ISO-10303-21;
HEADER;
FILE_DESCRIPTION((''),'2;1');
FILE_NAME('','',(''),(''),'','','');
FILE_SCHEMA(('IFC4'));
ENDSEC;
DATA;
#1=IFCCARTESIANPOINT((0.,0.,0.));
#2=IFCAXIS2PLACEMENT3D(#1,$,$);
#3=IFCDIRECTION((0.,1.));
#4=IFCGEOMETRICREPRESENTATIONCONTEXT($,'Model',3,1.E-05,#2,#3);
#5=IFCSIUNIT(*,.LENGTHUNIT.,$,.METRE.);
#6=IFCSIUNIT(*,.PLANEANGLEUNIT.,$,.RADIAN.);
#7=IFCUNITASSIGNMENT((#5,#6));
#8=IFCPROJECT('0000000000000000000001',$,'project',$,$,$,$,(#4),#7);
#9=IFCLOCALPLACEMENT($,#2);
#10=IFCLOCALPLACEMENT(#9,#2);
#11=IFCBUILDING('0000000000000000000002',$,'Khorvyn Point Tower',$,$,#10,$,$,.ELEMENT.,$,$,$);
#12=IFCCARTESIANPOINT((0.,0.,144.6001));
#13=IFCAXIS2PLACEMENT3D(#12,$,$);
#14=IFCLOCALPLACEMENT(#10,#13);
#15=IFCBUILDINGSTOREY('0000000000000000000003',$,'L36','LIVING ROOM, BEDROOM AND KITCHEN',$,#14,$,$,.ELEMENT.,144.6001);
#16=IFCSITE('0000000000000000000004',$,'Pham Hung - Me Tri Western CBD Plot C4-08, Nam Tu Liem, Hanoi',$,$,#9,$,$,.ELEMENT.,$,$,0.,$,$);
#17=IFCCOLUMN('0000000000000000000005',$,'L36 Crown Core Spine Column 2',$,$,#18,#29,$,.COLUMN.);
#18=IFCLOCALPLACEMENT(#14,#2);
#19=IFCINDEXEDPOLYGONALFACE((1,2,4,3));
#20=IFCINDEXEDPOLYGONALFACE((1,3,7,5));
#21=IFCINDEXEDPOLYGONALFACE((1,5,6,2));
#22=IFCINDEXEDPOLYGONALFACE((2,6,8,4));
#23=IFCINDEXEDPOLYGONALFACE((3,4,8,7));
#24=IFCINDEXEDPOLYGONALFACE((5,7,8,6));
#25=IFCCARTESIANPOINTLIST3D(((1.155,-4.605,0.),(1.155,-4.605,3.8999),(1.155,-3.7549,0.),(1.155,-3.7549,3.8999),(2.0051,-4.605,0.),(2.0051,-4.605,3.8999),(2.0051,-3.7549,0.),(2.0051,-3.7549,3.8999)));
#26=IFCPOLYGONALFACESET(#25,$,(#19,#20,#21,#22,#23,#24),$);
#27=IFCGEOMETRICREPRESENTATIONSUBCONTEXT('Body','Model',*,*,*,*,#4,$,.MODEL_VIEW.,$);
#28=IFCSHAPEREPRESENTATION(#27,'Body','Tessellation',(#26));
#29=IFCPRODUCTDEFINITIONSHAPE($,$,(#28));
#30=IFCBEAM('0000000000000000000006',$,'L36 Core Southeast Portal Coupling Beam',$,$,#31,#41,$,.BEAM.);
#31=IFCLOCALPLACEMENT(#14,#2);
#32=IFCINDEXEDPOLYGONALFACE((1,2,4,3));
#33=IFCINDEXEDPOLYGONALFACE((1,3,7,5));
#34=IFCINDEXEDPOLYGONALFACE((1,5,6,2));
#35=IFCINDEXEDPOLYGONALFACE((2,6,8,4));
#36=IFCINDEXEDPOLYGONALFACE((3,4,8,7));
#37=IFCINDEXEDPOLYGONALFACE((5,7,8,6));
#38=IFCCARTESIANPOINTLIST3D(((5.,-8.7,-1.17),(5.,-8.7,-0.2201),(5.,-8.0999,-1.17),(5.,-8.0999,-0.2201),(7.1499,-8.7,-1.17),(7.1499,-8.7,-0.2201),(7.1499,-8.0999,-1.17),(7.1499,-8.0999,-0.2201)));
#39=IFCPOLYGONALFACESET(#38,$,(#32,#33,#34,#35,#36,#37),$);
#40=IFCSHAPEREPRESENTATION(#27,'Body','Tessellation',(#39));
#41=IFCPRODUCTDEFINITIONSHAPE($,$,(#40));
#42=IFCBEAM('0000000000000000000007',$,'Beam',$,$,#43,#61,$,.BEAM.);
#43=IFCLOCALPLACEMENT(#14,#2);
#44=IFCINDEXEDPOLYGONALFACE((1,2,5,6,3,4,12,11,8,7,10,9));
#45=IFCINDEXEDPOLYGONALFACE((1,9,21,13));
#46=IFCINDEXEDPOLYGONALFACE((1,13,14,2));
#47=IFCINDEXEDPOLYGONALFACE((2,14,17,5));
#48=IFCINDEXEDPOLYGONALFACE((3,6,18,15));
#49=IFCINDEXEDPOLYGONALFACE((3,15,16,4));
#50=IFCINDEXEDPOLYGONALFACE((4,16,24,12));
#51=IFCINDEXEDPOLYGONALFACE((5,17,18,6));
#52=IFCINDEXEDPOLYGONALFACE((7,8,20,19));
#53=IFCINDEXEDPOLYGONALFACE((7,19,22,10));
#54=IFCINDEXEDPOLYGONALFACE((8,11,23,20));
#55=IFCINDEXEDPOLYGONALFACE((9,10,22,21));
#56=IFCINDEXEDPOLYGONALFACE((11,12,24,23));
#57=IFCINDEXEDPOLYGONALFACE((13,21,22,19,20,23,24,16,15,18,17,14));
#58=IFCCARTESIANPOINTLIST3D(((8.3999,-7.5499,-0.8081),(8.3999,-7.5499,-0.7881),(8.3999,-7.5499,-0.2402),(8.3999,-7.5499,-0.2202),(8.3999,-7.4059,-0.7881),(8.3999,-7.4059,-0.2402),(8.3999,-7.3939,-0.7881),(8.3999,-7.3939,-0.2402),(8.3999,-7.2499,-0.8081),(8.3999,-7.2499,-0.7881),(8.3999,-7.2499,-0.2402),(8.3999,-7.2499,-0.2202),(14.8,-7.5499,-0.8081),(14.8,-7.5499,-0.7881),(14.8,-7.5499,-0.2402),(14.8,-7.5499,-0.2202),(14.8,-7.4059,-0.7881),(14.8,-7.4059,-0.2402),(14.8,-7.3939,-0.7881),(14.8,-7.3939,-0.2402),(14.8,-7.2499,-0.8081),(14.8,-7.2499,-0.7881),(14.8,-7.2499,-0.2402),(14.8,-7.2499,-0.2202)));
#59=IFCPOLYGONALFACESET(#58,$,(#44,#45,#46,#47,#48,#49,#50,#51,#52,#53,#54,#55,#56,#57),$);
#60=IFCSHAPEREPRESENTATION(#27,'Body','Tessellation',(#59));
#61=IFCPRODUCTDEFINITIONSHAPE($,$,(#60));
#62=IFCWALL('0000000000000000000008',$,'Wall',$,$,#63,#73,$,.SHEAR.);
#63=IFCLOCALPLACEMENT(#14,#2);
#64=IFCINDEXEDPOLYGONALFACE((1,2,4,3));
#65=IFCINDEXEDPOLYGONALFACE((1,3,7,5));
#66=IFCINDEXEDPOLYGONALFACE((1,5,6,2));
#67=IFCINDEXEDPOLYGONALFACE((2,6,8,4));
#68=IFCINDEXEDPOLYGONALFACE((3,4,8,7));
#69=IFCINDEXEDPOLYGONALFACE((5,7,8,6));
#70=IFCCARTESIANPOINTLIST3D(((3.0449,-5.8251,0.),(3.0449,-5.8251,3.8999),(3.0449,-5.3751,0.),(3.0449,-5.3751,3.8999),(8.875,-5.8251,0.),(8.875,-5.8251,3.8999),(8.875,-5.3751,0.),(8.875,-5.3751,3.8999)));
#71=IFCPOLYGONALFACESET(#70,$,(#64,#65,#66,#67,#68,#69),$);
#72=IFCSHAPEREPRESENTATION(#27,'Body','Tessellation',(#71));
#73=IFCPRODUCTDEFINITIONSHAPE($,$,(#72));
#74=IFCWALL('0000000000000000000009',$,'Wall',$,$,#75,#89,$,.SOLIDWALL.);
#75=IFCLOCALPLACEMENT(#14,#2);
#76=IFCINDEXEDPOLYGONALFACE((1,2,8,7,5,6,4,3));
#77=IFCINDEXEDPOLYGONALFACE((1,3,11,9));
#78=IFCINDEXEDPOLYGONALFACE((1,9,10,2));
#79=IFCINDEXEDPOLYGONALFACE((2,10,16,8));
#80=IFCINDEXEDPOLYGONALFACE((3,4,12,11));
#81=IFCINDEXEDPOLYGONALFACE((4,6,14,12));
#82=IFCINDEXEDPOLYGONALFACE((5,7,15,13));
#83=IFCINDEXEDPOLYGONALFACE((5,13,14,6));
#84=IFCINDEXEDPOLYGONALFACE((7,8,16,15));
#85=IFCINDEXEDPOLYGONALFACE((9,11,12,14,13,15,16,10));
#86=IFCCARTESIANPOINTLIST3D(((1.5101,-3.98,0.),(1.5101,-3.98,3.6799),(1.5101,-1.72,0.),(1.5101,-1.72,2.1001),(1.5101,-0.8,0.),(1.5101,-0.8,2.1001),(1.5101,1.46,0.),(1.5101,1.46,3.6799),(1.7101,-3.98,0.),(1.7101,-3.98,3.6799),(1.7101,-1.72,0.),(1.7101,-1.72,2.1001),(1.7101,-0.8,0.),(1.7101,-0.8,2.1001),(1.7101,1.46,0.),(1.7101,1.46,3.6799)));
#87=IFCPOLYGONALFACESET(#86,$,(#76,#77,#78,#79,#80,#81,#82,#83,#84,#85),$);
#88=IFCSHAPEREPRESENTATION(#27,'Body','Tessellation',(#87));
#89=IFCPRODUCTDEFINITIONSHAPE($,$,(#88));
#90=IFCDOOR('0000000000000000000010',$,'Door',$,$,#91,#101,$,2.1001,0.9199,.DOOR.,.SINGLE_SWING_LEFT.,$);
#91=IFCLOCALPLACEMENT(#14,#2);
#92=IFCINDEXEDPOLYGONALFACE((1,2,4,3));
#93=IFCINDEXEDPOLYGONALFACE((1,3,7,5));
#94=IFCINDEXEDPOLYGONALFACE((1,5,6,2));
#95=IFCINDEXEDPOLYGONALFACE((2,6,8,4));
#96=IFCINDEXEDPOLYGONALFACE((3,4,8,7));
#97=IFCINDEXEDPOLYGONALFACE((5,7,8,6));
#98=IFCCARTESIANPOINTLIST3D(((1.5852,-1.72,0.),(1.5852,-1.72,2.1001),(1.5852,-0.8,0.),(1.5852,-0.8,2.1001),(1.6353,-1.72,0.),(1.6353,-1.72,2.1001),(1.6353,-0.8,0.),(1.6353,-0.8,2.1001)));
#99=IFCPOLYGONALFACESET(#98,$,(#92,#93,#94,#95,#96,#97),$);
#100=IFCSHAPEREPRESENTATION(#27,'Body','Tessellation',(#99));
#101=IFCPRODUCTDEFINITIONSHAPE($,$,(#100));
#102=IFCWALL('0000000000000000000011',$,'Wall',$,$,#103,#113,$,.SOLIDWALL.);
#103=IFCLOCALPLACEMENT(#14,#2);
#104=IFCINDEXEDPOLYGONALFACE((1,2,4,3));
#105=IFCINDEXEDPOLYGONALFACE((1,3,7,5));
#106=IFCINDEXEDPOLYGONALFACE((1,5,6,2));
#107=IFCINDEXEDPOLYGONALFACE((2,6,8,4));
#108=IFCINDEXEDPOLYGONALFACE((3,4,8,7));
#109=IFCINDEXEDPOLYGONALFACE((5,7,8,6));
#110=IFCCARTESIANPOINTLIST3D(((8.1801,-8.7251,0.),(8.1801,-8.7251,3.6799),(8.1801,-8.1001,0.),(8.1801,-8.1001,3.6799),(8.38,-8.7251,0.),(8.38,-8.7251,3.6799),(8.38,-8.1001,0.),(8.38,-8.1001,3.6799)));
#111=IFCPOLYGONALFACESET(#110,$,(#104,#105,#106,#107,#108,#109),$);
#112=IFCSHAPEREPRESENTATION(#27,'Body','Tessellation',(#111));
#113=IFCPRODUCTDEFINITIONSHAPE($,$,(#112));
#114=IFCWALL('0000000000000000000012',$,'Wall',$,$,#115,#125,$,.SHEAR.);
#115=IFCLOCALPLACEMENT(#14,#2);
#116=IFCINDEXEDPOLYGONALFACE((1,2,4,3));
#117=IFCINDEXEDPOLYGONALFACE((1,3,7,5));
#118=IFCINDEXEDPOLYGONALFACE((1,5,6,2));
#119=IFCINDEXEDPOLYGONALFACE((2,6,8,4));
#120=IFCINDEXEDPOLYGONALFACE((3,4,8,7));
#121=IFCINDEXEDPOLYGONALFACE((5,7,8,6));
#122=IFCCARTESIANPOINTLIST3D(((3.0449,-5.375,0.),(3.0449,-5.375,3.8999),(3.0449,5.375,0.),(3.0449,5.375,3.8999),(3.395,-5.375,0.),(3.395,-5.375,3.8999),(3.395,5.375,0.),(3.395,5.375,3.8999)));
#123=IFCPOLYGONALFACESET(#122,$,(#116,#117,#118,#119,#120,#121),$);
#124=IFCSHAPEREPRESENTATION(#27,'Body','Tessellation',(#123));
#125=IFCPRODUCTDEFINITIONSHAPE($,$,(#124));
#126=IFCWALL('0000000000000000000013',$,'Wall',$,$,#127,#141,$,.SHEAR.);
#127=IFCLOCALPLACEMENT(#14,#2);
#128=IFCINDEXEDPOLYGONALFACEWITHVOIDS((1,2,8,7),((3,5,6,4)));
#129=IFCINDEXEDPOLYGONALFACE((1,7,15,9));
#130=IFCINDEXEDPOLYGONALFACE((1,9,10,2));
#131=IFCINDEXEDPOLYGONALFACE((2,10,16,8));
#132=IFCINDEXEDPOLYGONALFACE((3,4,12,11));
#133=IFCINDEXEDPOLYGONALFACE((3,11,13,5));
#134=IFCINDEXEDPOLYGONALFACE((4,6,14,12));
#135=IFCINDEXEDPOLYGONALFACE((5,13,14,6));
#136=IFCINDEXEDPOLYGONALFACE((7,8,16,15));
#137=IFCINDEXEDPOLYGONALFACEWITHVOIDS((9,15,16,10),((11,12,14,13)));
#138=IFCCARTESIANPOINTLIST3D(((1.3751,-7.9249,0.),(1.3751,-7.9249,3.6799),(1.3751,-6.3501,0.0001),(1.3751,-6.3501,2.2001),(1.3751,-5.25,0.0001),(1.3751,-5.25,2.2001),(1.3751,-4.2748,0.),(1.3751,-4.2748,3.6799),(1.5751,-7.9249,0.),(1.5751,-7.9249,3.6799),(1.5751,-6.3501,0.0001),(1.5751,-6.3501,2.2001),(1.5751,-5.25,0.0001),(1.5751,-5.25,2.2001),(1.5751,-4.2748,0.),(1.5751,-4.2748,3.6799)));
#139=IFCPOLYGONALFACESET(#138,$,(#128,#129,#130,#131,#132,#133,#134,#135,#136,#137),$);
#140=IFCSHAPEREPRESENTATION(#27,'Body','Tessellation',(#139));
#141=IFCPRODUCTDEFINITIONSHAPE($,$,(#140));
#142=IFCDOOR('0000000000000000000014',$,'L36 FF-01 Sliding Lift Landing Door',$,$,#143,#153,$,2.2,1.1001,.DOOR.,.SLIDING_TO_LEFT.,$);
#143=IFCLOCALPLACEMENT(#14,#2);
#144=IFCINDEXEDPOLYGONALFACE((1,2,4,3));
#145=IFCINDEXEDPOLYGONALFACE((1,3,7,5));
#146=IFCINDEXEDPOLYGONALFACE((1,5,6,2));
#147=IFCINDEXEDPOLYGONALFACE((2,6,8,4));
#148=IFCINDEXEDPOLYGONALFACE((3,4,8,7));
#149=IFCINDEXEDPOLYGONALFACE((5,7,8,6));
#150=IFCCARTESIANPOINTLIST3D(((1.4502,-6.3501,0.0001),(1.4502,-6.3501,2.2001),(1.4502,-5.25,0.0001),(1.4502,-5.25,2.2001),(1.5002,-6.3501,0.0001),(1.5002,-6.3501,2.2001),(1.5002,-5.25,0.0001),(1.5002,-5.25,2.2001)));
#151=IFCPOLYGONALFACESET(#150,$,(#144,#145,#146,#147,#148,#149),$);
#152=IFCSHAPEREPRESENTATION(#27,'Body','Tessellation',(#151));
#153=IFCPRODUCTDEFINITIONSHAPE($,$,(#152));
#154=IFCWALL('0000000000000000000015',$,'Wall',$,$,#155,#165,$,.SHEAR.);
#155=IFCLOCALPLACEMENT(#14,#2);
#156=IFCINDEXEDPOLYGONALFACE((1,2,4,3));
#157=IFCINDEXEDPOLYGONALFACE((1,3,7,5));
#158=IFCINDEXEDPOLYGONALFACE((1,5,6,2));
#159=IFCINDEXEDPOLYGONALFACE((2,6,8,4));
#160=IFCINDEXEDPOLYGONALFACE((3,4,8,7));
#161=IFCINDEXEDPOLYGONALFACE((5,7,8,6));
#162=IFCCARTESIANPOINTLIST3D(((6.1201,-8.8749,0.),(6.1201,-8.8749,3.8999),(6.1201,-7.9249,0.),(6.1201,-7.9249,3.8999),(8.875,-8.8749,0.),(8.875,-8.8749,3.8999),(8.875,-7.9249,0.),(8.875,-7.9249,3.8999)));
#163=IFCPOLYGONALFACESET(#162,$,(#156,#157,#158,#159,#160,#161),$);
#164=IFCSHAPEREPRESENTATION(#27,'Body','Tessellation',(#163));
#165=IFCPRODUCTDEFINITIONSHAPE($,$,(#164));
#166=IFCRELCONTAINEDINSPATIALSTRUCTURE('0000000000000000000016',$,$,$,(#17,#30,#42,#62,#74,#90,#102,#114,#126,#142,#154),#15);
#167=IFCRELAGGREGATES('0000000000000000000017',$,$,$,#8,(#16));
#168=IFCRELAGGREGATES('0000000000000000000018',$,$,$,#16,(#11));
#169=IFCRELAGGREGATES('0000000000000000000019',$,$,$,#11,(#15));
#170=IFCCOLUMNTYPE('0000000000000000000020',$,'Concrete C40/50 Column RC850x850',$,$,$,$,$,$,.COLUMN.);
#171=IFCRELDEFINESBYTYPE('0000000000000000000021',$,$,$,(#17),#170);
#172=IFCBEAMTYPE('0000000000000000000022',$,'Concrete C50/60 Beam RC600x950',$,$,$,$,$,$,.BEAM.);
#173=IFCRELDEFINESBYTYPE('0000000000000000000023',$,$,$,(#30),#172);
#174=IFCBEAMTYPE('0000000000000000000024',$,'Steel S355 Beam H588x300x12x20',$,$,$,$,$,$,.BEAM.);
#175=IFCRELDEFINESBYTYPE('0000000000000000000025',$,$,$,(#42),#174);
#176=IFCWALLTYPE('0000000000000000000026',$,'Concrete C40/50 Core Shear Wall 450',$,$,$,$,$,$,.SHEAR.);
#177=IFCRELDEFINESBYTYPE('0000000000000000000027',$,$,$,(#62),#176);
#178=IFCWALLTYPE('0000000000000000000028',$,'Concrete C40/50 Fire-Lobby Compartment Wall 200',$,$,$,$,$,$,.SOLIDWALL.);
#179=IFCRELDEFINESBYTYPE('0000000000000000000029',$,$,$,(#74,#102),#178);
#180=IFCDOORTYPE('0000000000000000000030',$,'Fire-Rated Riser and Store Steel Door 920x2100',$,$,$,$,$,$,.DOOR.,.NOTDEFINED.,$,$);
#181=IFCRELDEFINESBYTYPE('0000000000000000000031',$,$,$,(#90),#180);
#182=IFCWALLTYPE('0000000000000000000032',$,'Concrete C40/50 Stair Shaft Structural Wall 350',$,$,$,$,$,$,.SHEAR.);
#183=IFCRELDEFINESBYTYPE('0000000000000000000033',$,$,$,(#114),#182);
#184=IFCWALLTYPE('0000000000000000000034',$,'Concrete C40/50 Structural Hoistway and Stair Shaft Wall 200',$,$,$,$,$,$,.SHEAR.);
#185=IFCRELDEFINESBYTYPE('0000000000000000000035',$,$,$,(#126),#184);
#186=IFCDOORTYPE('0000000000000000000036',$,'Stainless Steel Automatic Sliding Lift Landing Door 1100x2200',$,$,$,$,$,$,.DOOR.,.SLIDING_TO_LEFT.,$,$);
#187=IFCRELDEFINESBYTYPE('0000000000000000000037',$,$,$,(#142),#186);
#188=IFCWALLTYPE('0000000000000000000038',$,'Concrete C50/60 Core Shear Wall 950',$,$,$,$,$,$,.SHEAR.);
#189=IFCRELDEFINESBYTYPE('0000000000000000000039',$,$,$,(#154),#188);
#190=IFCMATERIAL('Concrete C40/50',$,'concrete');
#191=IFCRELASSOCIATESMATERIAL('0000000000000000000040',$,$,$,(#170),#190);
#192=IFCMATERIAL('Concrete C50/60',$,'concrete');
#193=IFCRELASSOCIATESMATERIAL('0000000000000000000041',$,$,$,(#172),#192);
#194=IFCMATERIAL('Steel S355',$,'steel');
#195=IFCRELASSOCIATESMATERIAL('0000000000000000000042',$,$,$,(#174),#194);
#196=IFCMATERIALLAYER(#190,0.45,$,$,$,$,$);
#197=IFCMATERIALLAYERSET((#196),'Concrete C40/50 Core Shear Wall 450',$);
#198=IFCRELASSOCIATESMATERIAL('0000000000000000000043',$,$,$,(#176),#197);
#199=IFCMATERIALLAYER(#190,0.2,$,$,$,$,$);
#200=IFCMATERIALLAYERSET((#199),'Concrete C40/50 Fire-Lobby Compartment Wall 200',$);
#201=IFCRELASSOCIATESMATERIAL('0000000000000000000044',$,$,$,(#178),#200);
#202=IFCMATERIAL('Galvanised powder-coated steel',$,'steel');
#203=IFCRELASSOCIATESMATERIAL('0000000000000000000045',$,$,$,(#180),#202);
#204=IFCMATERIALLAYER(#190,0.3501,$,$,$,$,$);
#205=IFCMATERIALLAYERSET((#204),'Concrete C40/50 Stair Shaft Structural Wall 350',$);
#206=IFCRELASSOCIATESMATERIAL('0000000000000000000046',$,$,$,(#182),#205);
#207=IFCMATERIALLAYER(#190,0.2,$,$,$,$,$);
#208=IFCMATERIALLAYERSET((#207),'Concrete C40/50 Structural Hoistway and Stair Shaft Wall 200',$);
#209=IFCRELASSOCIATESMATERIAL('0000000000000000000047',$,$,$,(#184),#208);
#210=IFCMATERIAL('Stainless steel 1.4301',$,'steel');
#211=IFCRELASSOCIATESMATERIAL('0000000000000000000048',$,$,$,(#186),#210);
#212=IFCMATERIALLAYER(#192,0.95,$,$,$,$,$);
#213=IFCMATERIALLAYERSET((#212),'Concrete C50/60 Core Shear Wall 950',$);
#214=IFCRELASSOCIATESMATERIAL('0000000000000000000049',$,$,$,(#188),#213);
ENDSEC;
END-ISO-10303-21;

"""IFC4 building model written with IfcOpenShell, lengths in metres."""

from ifc_helpers import new_model, si_unit, direction, frame, frame_2d, origin, origin_2d, place, context, subcontext, project, spatial, rectangle, i_section, extrude, material, layer, layer_set, material_profile, profile_set, type_object, element, fill, save


model = new_model("IFC4")

# Units and contexts
model_context = context("Model", 3, precision=1e-05, world=origin(), true_north=direction((0.0, 1.0)))
body_context = subcontext(model_context, "Body", "Model", "MODEL_VIEW")
ifc_project = project(units=[si_unit("LENGTHUNIT", "METRE"), si_unit("PLANEANGLEUNIT", "RADIAN")], contexts=[model_context])

# Site, building, storey
site_placement = place(None, origin())
site = spatial("IfcSite", under=ifc_project, at=site_placement, Name="Pham Hung - Me Tri Western CBD Plot C4-08, Nam Tu Liem, Hanoi", CompositionType="ELEMENT", RefElevation=0.0)
building_placement = place(site_placement, origin())
building = spatial("IfcBuilding", under=site, at=building_placement, Name="Khorvyn Point Tower", CompositionType="ELEMENT")
storey_placement = place(building_placement, frame((0.0, 0.0, 144.6001)))
storey = spatial("IfcBuildingStorey", under=building, at=storey_placement, Name="L36", Description="LIVING ROOM, BEDROOM AND KITCHEN", CompositionType="ELEMENT", Elevation=144.6001)

# Column
ifc_material_1 = material(Name="Concrete C40/50", Category="concrete")
ifc_material_profile_1 = material_profile(ifc_material_1, rectangle(XDim=0.8501, YDim=0.8501, at=origin_2d()))
ifc_profile_set_1 = profile_set([ifc_material_profile_1], Name="Concrete C40/50 RC850x850")
column_type = type_object("IfcColumnType", Name="Concrete C40/50 Column RC850x850", PredefinedType="COLUMN", material=ifc_profile_set_1)
column_placement = place(storey_placement, frame((1.5801, -4.1799, 0.0), z_axis=(0.0, 0.0, 1.0), x_axis=(1.0, 0.0, 0.0)))
element("IfcColumn", 1, at=column_placement, inside=storey, type_object=column_type, Name="L36 Crown Core Spine Column 2", PredefinedType="COLUMN", context=body_context, shape_type="SweptSolid", body=[
    extrude(rectangle(XDim=0.8501, YDim=0.8501, at=origin_2d()), origin(), (0.0, 0.0, 1.0), 3.8999),
])

# Beams
ifc_material_2 = material(Name="Concrete C50/60", Category="concrete")
ifc_material_profile_2 = material_profile(ifc_material_2, rectangle(XDim=0.6001, YDim=0.95, at=origin_2d()))
ifc_profile_set_2 = profile_set([ifc_material_profile_2], Name="Concrete C50/60 RC600x950")
beam_type_1 = type_object("IfcBeamType", Name="Concrete C50/60 Beam RC600x950", PredefinedType="BEAM", material=ifc_profile_set_2)
beam_1_placement = place(storey_placement, frame((5.0, -8.3999, -0.6951), z_axis=(1.0, 0.0, 0.0), x_axis=(0.0, 1.0, 0.0)))
element("IfcBeam", 2, at=beam_1_placement, inside=storey, type_object=beam_type_1, Name="L36 Core Southeast Portal Coupling Beam", PredefinedType="BEAM", context=body_context, shape_type="SweptSolid", body=[
    extrude(rectangle(XDim=0.6001, YDim=0.95, at=origin_2d()), origin(), (0.0, 0.0, 1.0), 2.1499),
])
ifc_material_3 = material(Name="Steel S355", Category="steel")
ifc_material_profile_3 = material_profile(ifc_material_3, i_section(OverallWidth=0.3, OverallDepth=0.5879, WebThickness=0.012, FlangeThickness=0.02, at=origin_2d()))
ifc_profile_set_3 = profile_set([ifc_material_profile_3], Name="Steel S355 H588x300x12x20")
beam_type_2 = type_object("IfcBeamType", Name="Steel S355 Beam H588x300x12x20", PredefinedType="BEAM", material=ifc_profile_set_3)
beam_2_placement = place(storey_placement, frame((8.3999, -7.3999, -0.5142), z_axis=(1.0, 0.0, 0.0), x_axis=(0.0, 1.0, 0.0)))
element("IfcBeam", 3, at=beam_2_placement, inside=storey, type_object=beam_type_2, Name="Beam", PredefinedType="BEAM", context=body_context, shape_type="SweptSolid", body=[
    extrude(i_section(OverallWidth=0.3, OverallDepth=0.5879, WebThickness=0.012, FlangeThickness=0.02, at=origin_2d()), origin(), (0.0, 0.0, 1.0), 6.4001),
])

# Wall
ifc_layer_1 = layer(ifc_material_1, 0.45)
ifc_layer_set_1 = layer_set([ifc_layer_1], Name="Concrete C40/50 Core Shear Wall 450")
wall_type_1 = type_object("IfcWallType", Name="Concrete C40/50 Core Shear Wall 450", PredefinedType="SHEAR", material=ifc_layer_set_1)
wall_1_placement = place(storey_placement, frame((3.0449, -5.6001, 0.0), z_axis=(0.0, 0.0, 1.0), x_axis=(1.0, 0.0, 0.0)))
element("IfcWall", 4, at=wall_1_placement, inside=storey, type_object=wall_type_1, Name="Wall", PredefinedType="SHEAR", context=body_context, shape_type="SweptSolid", body=[
    extrude(rectangle(XDim=5.8301, YDim=0.45, at=frame_2d((2.915, 0.0))), origin(), (0.0, 0.0, 1.0), 3.8999),
])

# Wall, opening, door
ifc_layer_2 = layer(ifc_material_1, 0.2)
ifc_layer_set_2 = layer_set([ifc_layer_2], Name="Concrete C40/50 Fire-Lobby Compartment Wall 200")
wall_type_2 = type_object("IfcWallType", Name="Concrete C40/50 Fire-Lobby Compartment Wall 200", PredefinedType="SOLIDWALL", material=ifc_layer_set_2)
ifc_material_4 = material(Name="Galvanised powder-coated steel", Category="steel")
wall_2_placement = place(storey_placement, frame((1.6101, -3.98, 0.0), z_axis=(0.0, 0.0, 1.0), x_axis=(0.0, 1.0, 0.0)))
wall_2 = element("IfcWall", 5, at=wall_2_placement, inside=storey, type_object=wall_type_2, Name="Wall", PredefinedType="SOLIDWALL", context=body_context, shape_type="SweptSolid", body=[
    extrude(rectangle(XDim=5.4399, YDim=0.2, at=frame_2d((2.72, 0.0))), origin(), (0.0, 0.0, 1.0), 3.6799),
])
opening_1_placement = place(wall_2_placement, frame((2.26, 0.0, 0.0)))
opening_1 = element("IfcOpeningElement", 6, at=opening_1_placement, cuts=wall_2, PredefinedType="OPENING", context=body_context, shape_type="SweptSolid", body=[
    extrude(rectangle(XDim=0.9199, YDim=2.1001, at=frame_2d((0.46, 1.05))), frame((0.0, 0.1099, 0.0), z_axis=(0.0, -1.0, 0.0), x_axis=(1.0, 0.0, 0.0)), (0.0, 0.0, 1.0), 0.22),
])
door_type_1 = type_object("IfcDoorType", Name="Fire-Rated Riser and Store Steel Door 920x2100", OperationType="NOTDEFINED", PredefinedType="DOOR", material=ifc_material_4)
door_1_placement = place(opening_1_placement, origin())
door_1 = element("IfcDoor", 7, at=door_1_placement, inside=storey, type_object=door_type_1, Name="Door", OperationType="SINGLE_SWING_LEFT", OverallHeight=2.1001, OverallWidth=0.9199, PredefinedType="DOOR", context=body_context, shape_type="SweptSolid", body=[
    extrude(rectangle(XDim=0.9199, YDim=2.1001, at=frame_2d((0.46, 1.05))), frame((0.0, 0.0249, 0.0), z_axis=(0.0, -1.0, 0.0), x_axis=(1.0, 0.0, 0.0)), (0.0, 0.0, 1.0), 0.05),
])
fill(opening_1, door_1)

# Walls
wall_3_placement = place(storey_placement, frame((8.28, -8.7251, 0.0), z_axis=(0.0, 0.0, 1.0), x_axis=(0.0, 1.0, 0.0)))
element("IfcWall", 8, at=wall_3_placement, inside=storey, type_object=wall_type_2, Name="Wall", PredefinedType="SOLIDWALL", context=body_context, shape_type="SweptSolid", body=[
    extrude(rectangle(XDim=0.625, YDim=0.2, at=frame_2d((0.3125, 0.0))), origin(), (0.0, 0.0, 1.0), 3.6799),
])
ifc_layer_3 = layer(ifc_material_1, 0.3501)
ifc_layer_set_3 = layer_set([ifc_layer_3], Name="Concrete C40/50 Stair Shaft Structural Wall 350")
wall_type_3 = type_object("IfcWallType", Name="Concrete C40/50 Stair Shaft Structural Wall 350", PredefinedType="SHEAR", material=ifc_layer_set_3)
wall_4_placement = place(storey_placement, frame((3.22, -5.375, 0.0), z_axis=(0.0, 0.0, 1.0), x_axis=(0.0, 1.0, 0.0)))
element("IfcWall", 9, at=wall_4_placement, inside=storey, type_object=wall_type_3, Name="Wall", PredefinedType="SHEAR", context=body_context, shape_type="SweptSolid", body=[
    extrude(rectangle(XDim=10.75, YDim=0.3501, at=frame_2d((5.375, 0.0))), origin(), (0.0, 0.0, 1.0), 3.8999),
])

# Wall, opening, door
ifc_layer_4 = layer(ifc_material_1, 0.2)
ifc_layer_set_4 = layer_set([ifc_layer_4], Name="Concrete C40/50 Structural Hoistway and Stair Shaft Wall 200")
wall_type_4 = type_object("IfcWallType", Name="Concrete C40/50 Structural Hoistway and Stair Shaft Wall 200", PredefinedType="SHEAR", material=ifc_layer_set_4)
wall_5_placement = place(storey_placement, frame((1.4751, -7.925, 0.0), z_axis=(0.0, 0.0, 1.0), x_axis=(0.0, 1.0, 0.0)))
wall_5 = element("IfcWall", 10, at=wall_5_placement, inside=storey, type_object=wall_type_4, Name="Wall", PredefinedType="SHEAR", context=body_context, shape_type="SweptSolid", body=[
    extrude(rectangle(XDim=3.6501, YDim=0.2, at=frame_2d((1.8252, 0.0))), origin(), (0.0, 0.0, 1.0), 3.6799),
])
opening_2_placement = place(wall_5_placement, frame((1.575, 0.0, 0.0)))
opening_2 = element("IfcOpeningElement", 11, at=opening_2_placement, cuts=wall_5, PredefinedType="OPENING", context=body_context, shape_type="SweptSolid", body=[
    extrude(rectangle(XDim=1.1001, YDim=2.2, at=frame_2d((0.55, 1.1001))), frame((0.0, 0.1099, 0.0), z_axis=(0.0, -1.0, 0.0), x_axis=(1.0, 0.0, 0.0)), (0.0, 0.0, 1.0), 0.22),
])
ifc_material_5 = material(Name="Stainless steel 1.4301", Category="steel")
door_type_2 = type_object("IfcDoorType", Name="Stainless Steel Automatic Sliding Lift Landing Door 1100x2200", OperationType="SLIDING_TO_LEFT", PredefinedType="DOOR", material=ifc_material_5)
door_2_placement = place(opening_2_placement, origin())
door_2 = element("IfcDoor", 12, at=door_2_placement, inside=storey, type_object=door_type_2, Name="L36 FF-01 Sliding Lift Landing Door", OperationType="SLIDING_TO_LEFT", OverallHeight=2.2, OverallWidth=1.1001, PredefinedType="DOOR", context=body_context, shape_type="SweptSolid", body=[
    extrude(rectangle(XDim=1.1001, YDim=2.2, at=frame_2d((0.55, 1.1001))), frame((0.0, 0.0249, 0.0), z_axis=(0.0, -1.0, 0.0), x_axis=(1.0, 0.0, 0.0)), (0.0, 0.0, 1.0), 0.05),
])
fill(opening_2, door_2)

# Wall
ifc_layer_5 = layer(ifc_material_2, 0.95)
ifc_layer_set_5 = layer_set([ifc_layer_5], Name="Concrete C50/60 Core Shear Wall 950")
wall_type_5 = type_object("IfcWallType", Name="Concrete C50/60 Core Shear Wall 950", PredefinedType="SHEAR", material=ifc_layer_set_5)
wall_6_placement = place(storey_placement, frame((6.1201, -8.3999, 0.0), z_axis=(0.0, 0.0, 1.0), x_axis=(1.0, 0.0, 0.0)))
element("IfcWall", 13, at=wall_6_placement, inside=storey, type_object=wall_type_5, Name="Wall", PredefinedType="SHEAR", context=body_context, shape_type="SweptSolid", body=[
    extrude(rectangle(XDim=2.7549, YDim=0.95, at=frame_2d((1.3774, 0.0))), origin(), (0.0, 0.0, 1.0), 3.8999),
])

save(model, "model.ifc")
